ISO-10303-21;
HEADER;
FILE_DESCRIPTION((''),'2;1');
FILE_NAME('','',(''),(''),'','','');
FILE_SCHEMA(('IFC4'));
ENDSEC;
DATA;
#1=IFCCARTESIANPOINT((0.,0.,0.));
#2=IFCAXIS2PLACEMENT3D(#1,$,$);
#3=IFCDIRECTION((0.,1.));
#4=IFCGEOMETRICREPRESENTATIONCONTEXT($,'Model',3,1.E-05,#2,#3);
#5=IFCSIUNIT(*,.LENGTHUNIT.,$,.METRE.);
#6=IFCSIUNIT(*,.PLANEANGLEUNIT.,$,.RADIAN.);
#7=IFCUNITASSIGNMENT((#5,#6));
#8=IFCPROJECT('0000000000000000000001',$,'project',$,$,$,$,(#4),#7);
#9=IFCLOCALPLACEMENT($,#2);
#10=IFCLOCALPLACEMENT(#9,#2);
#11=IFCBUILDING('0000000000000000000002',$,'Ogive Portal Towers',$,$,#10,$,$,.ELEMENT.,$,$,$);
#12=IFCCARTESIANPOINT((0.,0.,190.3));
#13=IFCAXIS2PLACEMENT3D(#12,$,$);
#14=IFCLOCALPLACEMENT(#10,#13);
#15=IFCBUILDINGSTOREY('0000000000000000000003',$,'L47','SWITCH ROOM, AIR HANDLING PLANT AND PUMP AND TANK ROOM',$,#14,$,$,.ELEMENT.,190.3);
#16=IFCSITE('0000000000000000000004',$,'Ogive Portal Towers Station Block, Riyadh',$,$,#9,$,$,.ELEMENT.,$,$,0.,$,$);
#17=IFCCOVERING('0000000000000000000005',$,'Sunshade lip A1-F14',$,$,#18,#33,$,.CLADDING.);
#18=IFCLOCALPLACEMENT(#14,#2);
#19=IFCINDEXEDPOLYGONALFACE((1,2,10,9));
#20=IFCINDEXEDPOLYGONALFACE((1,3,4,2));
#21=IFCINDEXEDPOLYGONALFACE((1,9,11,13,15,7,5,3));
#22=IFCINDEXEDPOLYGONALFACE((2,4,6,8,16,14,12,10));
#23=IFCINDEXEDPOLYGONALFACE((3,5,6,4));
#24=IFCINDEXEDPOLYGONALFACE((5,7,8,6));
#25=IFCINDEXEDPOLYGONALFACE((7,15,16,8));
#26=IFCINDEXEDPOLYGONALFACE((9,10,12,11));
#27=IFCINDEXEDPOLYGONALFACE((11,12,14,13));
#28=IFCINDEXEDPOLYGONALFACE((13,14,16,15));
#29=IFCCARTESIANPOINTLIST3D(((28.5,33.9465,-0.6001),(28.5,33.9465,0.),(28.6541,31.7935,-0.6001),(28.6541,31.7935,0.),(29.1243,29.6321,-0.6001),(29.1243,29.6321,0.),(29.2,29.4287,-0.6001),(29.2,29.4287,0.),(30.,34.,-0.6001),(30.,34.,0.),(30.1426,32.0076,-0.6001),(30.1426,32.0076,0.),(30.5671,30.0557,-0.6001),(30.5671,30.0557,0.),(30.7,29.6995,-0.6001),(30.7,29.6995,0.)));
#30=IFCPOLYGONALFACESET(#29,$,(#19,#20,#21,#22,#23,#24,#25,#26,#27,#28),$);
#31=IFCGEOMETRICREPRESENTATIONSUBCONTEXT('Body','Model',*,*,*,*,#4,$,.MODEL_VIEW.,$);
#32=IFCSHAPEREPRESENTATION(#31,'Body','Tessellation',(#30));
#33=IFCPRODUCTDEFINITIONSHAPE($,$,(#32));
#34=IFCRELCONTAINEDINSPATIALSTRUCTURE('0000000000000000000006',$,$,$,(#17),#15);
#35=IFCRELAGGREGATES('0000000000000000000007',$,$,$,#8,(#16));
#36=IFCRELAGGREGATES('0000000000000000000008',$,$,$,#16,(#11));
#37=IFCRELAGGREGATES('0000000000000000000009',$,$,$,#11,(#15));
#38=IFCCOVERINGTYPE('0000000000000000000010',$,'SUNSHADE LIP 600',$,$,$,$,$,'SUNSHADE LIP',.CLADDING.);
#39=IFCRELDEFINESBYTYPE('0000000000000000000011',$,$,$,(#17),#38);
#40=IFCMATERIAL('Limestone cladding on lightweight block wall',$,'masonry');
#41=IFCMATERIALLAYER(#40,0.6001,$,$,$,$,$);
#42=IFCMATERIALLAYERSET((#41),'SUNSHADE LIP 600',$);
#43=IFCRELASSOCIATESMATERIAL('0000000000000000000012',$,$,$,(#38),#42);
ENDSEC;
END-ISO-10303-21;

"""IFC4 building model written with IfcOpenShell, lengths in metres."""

from ifc_helpers import new_model, si_unit, direction, frame, origin, place, context, subcontext, project, spatial, polyline, outline, extrude, material, layer, layer_set, type_object, element, save


model = new_model("IFC4")

# Units and contexts
model_context = context("Model", 3, precision=1e-05, world=origin(), true_north=direction((0.0, 1.0)))
body_context = subcontext(model_context, "Body", "Model", "MODEL_VIEW")
ifc_project = project(units=[si_unit("LENGTHUNIT", "METRE"), si_unit("PLANEANGLEUNIT", "RADIAN")], contexts=[model_context])

# Site, building, storey
site_placement = place(None, origin())
site = spatial("IfcSite", under=ifc_project, at=site_placement, Name="Ogive Portal Towers Station Block, Riyadh", CompositionType="ELEMENT", RefElevation=0.0)
building_placement = place(site_placement, origin())
building = spatial("IfcBuilding", under=site, at=building_placement, Name="Ogive Portal Towers", CompositionType="ELEMENT")
storey_placement = place(building_placement, frame((0.0, 0.0, 190.3)))
storey = spatial("IfcBuildingStorey", under=building, at=storey_placement, Name="L47", Description="SWITCH ROOM, AIR HANDLING PLANT AND PUMP AND TANK ROOM", CompositionType="ELEMENT", Elevation=190.3)

# Shared definitions
ifc_material_1 = material(Name="Limestone cladding on lightweight block wall", Category="masonry")

# Covering
ifc_layer_1 = layer(ifc_material_1, 0.6001)
ifc_layer_set_1 = layer_set([ifc_layer_1], Name="SUNSHADE LIP 600")
covering_type_1 = type_object("IfcCoveringType", Name="SUNSHADE LIP 600", ElementType="SUNSHADE LIP", PredefinedType="CLADDING", material=ifc_layer_set_1)
covering_1_placement = place(storey_placement, frame((0.0, 0.0, -0.6001)))
element("IfcCovering", 1, at=covering_1_placement, inside=storey, type_object=covering_type_1, Name="Sunshade lip A1-F14", PredefinedType="CLADDING", context=body_context, shape_type="SweptSolid", body=[
    extrude(outline(polyline([(30.0, 34.0), (30.1426, 32.0076), (30.5671, 30.0557), (30.7, 29.6995), (29.2, 29.4287), (29.1243, 29.6321), (28.6541, 31.7935), (28.5, 33.9465), (30.0, 34.0)])), origin(), (0.0, 0.0, 1.0), 0.6001),
])

save(model, "model.ifc")
